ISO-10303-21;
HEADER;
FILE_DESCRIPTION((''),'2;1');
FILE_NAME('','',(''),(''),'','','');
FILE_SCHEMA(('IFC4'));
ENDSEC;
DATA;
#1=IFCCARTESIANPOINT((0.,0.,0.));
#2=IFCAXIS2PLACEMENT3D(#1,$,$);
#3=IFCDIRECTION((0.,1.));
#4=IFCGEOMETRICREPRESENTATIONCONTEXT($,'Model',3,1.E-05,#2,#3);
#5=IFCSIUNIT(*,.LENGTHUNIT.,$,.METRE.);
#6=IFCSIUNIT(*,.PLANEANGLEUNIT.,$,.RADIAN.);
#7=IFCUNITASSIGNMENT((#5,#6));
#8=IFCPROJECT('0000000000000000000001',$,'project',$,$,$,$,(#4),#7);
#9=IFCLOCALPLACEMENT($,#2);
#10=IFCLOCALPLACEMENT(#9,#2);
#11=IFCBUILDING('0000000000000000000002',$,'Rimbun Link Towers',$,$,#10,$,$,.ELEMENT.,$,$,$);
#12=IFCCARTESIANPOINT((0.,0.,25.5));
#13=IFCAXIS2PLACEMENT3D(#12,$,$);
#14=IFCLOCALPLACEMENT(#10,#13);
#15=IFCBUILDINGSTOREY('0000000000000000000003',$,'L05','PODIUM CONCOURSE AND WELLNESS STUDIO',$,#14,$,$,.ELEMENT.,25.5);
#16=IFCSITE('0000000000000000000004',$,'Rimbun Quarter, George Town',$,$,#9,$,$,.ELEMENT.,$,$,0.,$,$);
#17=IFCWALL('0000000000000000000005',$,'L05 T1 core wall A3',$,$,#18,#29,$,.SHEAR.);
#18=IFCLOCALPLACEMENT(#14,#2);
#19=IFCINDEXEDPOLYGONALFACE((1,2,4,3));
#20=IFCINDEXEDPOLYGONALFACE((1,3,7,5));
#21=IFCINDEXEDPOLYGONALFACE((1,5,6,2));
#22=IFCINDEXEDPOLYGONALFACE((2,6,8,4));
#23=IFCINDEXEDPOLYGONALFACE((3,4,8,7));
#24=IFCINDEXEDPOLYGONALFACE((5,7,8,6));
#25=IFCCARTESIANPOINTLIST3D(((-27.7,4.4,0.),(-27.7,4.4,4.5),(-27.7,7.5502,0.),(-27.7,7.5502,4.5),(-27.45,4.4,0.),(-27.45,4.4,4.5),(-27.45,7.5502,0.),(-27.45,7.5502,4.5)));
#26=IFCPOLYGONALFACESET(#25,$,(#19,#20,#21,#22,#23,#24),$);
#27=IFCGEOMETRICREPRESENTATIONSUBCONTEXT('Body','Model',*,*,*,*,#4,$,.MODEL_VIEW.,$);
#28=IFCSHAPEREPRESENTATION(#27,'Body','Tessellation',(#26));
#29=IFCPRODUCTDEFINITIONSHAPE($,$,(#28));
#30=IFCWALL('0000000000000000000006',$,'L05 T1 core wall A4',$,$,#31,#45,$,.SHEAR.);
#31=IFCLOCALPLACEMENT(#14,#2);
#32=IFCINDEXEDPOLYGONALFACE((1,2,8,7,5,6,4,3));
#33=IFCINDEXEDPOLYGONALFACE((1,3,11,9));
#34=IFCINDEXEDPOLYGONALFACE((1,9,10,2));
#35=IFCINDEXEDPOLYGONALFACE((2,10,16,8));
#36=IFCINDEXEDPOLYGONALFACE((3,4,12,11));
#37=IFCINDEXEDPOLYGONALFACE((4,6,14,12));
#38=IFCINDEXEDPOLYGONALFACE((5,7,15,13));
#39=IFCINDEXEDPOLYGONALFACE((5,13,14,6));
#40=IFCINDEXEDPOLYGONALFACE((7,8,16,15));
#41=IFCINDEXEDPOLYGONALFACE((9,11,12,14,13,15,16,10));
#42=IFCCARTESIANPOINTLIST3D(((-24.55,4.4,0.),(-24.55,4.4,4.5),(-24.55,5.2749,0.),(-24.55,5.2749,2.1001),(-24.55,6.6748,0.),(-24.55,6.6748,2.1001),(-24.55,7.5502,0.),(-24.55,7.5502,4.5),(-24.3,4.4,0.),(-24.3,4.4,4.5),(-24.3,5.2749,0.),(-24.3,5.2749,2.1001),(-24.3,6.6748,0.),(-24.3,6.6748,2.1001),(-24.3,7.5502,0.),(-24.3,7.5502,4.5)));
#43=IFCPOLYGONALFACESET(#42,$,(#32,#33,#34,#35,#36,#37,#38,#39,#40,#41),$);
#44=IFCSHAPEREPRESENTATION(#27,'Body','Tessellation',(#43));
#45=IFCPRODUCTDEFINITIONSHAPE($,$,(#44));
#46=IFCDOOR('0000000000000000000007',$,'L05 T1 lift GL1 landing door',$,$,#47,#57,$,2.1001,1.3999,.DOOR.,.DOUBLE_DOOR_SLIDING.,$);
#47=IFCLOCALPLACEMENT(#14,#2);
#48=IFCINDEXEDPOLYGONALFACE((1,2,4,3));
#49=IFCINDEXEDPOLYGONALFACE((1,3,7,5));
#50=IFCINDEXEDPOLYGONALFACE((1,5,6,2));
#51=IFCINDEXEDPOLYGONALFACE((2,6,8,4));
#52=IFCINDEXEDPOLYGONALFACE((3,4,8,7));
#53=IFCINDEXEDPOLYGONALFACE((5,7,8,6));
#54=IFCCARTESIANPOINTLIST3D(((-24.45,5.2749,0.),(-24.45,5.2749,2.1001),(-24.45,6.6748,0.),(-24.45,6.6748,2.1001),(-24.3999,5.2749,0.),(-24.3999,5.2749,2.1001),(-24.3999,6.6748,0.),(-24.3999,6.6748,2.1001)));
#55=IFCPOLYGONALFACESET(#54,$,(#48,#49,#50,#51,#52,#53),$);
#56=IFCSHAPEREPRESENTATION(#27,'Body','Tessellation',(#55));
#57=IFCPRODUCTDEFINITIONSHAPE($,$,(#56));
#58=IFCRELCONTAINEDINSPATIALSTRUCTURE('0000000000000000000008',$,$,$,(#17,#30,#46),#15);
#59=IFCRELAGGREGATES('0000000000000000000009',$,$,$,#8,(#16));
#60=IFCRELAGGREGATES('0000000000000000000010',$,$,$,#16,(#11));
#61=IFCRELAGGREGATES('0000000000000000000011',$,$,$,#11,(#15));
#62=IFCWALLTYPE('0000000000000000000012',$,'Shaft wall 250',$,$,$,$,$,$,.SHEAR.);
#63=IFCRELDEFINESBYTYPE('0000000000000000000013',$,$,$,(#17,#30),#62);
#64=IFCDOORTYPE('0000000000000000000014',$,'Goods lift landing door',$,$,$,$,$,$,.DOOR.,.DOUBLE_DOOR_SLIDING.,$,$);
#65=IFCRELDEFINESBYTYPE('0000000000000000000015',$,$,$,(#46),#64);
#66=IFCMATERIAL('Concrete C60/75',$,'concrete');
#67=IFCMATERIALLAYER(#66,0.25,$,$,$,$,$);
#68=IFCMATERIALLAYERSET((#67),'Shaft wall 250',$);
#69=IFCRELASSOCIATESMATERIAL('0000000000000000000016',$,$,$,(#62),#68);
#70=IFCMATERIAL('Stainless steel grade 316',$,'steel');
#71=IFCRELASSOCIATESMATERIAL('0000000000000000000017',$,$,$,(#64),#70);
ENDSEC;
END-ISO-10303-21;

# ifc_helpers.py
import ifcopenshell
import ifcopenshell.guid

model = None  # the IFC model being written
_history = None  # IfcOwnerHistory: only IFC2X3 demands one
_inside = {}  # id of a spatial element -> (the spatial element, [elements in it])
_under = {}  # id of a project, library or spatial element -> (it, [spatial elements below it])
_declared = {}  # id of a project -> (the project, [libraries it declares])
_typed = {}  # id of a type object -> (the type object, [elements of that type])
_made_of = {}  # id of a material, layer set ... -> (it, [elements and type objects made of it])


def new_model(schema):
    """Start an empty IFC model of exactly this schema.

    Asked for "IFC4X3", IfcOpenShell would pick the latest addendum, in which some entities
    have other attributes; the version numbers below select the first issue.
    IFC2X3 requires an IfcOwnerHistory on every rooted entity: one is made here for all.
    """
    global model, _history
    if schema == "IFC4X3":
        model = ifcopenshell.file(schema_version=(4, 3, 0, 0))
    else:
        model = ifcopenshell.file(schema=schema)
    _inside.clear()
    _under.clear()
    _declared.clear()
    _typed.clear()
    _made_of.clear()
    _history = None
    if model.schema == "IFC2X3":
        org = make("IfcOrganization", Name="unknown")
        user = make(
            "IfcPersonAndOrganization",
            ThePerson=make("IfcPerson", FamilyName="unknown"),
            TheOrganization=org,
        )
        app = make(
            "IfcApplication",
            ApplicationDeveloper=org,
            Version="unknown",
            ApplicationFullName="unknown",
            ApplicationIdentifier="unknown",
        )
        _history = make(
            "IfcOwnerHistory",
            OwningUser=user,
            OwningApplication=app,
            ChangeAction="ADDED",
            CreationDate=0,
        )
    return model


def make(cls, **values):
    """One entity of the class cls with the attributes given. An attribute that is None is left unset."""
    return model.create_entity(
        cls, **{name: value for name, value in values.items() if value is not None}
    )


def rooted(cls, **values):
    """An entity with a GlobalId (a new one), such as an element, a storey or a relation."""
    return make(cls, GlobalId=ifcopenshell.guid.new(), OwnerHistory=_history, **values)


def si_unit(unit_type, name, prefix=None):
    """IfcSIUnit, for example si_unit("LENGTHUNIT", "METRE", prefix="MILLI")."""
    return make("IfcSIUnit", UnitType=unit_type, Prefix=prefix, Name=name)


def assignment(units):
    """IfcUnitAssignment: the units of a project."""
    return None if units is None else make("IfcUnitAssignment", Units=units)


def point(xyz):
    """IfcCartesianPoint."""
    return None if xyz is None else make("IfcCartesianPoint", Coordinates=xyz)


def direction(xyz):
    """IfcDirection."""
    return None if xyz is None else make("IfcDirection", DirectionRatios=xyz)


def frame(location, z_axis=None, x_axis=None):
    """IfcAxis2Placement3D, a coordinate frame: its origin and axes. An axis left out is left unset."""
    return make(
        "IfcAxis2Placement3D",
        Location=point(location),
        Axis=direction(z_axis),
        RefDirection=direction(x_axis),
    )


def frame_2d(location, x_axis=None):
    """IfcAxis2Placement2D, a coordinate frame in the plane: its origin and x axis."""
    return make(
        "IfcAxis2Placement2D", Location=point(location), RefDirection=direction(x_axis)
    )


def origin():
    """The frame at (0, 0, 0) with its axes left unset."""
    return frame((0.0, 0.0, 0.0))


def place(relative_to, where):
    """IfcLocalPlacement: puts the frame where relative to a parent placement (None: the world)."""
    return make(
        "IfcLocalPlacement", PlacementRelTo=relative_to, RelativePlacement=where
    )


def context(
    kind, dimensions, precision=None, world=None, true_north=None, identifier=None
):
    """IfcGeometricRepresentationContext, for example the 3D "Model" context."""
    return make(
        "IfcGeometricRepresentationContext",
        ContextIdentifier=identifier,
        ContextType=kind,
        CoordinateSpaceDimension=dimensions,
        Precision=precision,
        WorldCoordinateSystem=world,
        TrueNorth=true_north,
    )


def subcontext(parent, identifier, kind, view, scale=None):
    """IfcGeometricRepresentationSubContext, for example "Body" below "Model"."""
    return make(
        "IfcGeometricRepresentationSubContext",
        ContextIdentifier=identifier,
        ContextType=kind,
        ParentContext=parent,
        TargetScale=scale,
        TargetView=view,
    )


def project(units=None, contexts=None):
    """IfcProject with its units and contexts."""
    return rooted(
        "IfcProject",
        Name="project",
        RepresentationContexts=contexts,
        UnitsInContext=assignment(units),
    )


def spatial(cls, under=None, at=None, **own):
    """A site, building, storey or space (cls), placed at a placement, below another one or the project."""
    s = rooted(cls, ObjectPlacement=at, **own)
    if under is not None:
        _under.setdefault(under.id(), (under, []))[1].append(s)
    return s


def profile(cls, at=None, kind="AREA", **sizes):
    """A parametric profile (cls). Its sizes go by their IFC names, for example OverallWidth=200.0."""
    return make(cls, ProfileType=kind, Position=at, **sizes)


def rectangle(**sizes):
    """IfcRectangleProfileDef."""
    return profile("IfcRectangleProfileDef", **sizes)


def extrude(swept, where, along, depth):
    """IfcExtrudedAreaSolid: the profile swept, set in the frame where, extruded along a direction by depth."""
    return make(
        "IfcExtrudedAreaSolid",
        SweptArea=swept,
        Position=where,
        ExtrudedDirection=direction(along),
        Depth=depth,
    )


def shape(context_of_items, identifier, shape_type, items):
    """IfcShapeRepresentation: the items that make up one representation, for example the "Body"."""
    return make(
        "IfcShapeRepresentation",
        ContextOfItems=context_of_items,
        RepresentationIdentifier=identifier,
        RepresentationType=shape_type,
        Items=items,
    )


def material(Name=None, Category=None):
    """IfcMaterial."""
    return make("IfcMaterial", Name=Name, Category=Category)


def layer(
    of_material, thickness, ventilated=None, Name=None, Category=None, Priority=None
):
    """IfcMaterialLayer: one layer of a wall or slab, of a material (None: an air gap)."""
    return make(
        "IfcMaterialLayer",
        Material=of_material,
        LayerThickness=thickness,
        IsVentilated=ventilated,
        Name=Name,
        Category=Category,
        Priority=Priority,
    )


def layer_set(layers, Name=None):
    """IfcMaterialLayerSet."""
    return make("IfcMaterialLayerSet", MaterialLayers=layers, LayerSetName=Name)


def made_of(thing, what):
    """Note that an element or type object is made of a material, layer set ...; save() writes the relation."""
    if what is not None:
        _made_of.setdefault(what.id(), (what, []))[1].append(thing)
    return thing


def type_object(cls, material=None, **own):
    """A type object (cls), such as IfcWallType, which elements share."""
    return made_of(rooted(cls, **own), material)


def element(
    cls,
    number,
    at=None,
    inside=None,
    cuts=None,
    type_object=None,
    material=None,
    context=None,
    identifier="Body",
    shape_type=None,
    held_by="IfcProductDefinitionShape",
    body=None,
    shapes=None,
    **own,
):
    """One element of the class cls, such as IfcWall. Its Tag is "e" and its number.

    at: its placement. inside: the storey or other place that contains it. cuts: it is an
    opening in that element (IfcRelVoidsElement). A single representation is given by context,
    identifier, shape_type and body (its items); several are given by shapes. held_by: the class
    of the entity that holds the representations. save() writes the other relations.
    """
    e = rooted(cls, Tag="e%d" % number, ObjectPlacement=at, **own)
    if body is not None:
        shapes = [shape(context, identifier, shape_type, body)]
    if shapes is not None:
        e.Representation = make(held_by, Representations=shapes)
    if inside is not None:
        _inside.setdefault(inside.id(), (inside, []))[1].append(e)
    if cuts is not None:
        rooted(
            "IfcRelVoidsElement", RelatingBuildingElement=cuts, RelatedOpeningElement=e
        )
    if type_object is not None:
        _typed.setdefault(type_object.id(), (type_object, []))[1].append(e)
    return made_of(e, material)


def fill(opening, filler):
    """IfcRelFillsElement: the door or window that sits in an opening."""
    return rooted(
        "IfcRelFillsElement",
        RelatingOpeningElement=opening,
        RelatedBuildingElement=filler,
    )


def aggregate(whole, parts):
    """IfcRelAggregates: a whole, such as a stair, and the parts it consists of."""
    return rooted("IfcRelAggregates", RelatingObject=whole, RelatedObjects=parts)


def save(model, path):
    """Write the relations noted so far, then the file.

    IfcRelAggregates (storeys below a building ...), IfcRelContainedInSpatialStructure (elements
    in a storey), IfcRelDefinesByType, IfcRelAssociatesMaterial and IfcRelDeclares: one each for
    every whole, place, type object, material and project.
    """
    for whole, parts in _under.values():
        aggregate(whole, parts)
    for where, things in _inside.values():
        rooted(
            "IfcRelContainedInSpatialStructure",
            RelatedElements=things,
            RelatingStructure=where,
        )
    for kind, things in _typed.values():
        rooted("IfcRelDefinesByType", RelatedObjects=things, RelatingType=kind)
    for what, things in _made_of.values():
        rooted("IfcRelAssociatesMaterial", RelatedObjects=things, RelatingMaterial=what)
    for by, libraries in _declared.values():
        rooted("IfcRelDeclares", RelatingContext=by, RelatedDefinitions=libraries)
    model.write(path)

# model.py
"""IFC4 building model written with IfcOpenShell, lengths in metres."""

from ifc_helpers import new_model, si_unit, direction, frame, frame_2d, origin, place, context, subcontext, project, spatial, rectangle, extrude, material, layer, layer_set, type_object, element, fill, save


model = new_model("IFC4")

# Units and contexts
model_context = context("Model", 3, precision=1e-05, world=origin(), true_north=direction((0.0, 1.0)))
body_context = subcontext(model_context, "Body", "Model", "MODEL_VIEW")
ifc_project = project(units=[si_unit("LENGTHUNIT", "METRE"), si_unit("PLANEANGLEUNIT", "RADIAN")], contexts=[model_context])

# Site, building, storey
site_placement = place(None, origin())
site = spatial("IfcSite", under=ifc_project, at=site_placement, Name="Rimbun Quarter, George Town", CompositionType="ELEMENT", RefElevation=0.0)
building_placement = place(site_placement, origin())
building = spatial("IfcBuilding", under=site, at=building_placement, Name="Rimbun Link Towers", CompositionType="ELEMENT")
storey_placement = place(building_placement, frame((0.0, 0.0, 25.5)))
storey = spatial("IfcBuildingStorey", under=building, at=storey_placement, Name="L05", Description="PODIUM CONCOURSE AND WELLNESS STUDIO", CompositionType="ELEMENT", Elevation=25.5)

# Shared definitions
ifc_material_1 = material(Name="Concrete C60/75", Category="concrete")
ifc_layer_1 = layer(ifc_material_1, 0.25)
ifc_layer_set_1 = layer_set([ifc_layer_1], Name="Shaft wall 250")
wall_type_1 = type_object("IfcWallType", Name="Shaft wall 250", PredefinedType="SHEAR", material=ifc_layer_set_1)

# Wall
wall_1_placement = place(storey_placement, frame((-27.575, 4.3999, 0.0), z_axis=(0.0, 0.0, 1.0), x_axis=(0.0, 1.0, 0.0)))
element("IfcWall", 1, at=wall_1_placement, inside=storey, type_object=wall_type_1, Name="L05 T1 core wall A3", PredefinedType="SHEAR", context=body_context, shape_type="SweptSolid", body=[
    extrude(rectangle(XDim=3.1501, YDim=0.25, at=frame_2d((1.5752, 0.0))), origin(), (0.0, 0.0, 1.0), 4.5),
])

# Wall, opening, door
wall_2_placement = place(storey_placement, frame((-24.425, 4.3999, 0.0), z_axis=(0.0, 0.0, 1.0), x_axis=(0.0, 1.0, 0.0)))
wall_2 = element("IfcWall", 2, at=wall_2_placement, inside=storey, type_object=wall_type_1, Name="L05 T1 core wall A4", PredefinedType="SHEAR", context=body_context, shape_type="SweptSolid", body=[
    extrude(rectangle(XDim=3.1501, YDim=0.25, at=frame_2d((1.5752, 0.0))), origin(), (0.0, 0.0, 1.0), 4.5),
])
opening_1_placement = place(wall_2_placement, frame((0.875, 0.0, 0.0)))
opening_1 = element("IfcOpeningElement", 3, at=opening_1_placement, cuts=wall_2, PredefinedType="OPENING", context=body_context, shape_type="SweptSolid", body=[
    extrude(rectangle(XDim=1.3999, YDim=2.1001, at=frame_2d((0.7, 1.05))), frame((0.0, 0.135, 0.0), z_axis=(0.0, -1.0, 0.0), x_axis=(1.0, 0.0, 0.0)), (0.0, 0.0, 1.0), 0.27),
])
ifc_material_2 = material(Name="Stainless steel grade 316", Category="steel")
door_type_1 = type_object("IfcDoorType", Name="Goods lift landing door", OperationType="DOUBLE_DOOR_SLIDING", PredefinedType="DOOR", material=ifc_material_2)
door_1_placement = place(opening_1_placement, origin())
door_1 = element("IfcDoor", 4, at=door_1_placement, inside=storey, type_object=door_type_1, Name="L05 T1 lift GL1 landing door", OperationType="DOUBLE_DOOR_SLIDING", OverallHeight=2.1001, OverallWidth=1.3999, PredefinedType="DOOR", context=body_context, shape_type="SweptSolid", body=[
    extrude(rectangle(XDim=1.3999, YDim=2.1001, at=frame_2d((0.7, 1.05))), frame((0.0, 0.0249, 0.0), z_axis=(0.0, -1.0, 0.0), x_axis=(1.0, 0.0, 0.0)), (0.0, 0.0, 1.0), 0.05),
])
fill(opening_1, door_1)

save(model, "model.ifc")
